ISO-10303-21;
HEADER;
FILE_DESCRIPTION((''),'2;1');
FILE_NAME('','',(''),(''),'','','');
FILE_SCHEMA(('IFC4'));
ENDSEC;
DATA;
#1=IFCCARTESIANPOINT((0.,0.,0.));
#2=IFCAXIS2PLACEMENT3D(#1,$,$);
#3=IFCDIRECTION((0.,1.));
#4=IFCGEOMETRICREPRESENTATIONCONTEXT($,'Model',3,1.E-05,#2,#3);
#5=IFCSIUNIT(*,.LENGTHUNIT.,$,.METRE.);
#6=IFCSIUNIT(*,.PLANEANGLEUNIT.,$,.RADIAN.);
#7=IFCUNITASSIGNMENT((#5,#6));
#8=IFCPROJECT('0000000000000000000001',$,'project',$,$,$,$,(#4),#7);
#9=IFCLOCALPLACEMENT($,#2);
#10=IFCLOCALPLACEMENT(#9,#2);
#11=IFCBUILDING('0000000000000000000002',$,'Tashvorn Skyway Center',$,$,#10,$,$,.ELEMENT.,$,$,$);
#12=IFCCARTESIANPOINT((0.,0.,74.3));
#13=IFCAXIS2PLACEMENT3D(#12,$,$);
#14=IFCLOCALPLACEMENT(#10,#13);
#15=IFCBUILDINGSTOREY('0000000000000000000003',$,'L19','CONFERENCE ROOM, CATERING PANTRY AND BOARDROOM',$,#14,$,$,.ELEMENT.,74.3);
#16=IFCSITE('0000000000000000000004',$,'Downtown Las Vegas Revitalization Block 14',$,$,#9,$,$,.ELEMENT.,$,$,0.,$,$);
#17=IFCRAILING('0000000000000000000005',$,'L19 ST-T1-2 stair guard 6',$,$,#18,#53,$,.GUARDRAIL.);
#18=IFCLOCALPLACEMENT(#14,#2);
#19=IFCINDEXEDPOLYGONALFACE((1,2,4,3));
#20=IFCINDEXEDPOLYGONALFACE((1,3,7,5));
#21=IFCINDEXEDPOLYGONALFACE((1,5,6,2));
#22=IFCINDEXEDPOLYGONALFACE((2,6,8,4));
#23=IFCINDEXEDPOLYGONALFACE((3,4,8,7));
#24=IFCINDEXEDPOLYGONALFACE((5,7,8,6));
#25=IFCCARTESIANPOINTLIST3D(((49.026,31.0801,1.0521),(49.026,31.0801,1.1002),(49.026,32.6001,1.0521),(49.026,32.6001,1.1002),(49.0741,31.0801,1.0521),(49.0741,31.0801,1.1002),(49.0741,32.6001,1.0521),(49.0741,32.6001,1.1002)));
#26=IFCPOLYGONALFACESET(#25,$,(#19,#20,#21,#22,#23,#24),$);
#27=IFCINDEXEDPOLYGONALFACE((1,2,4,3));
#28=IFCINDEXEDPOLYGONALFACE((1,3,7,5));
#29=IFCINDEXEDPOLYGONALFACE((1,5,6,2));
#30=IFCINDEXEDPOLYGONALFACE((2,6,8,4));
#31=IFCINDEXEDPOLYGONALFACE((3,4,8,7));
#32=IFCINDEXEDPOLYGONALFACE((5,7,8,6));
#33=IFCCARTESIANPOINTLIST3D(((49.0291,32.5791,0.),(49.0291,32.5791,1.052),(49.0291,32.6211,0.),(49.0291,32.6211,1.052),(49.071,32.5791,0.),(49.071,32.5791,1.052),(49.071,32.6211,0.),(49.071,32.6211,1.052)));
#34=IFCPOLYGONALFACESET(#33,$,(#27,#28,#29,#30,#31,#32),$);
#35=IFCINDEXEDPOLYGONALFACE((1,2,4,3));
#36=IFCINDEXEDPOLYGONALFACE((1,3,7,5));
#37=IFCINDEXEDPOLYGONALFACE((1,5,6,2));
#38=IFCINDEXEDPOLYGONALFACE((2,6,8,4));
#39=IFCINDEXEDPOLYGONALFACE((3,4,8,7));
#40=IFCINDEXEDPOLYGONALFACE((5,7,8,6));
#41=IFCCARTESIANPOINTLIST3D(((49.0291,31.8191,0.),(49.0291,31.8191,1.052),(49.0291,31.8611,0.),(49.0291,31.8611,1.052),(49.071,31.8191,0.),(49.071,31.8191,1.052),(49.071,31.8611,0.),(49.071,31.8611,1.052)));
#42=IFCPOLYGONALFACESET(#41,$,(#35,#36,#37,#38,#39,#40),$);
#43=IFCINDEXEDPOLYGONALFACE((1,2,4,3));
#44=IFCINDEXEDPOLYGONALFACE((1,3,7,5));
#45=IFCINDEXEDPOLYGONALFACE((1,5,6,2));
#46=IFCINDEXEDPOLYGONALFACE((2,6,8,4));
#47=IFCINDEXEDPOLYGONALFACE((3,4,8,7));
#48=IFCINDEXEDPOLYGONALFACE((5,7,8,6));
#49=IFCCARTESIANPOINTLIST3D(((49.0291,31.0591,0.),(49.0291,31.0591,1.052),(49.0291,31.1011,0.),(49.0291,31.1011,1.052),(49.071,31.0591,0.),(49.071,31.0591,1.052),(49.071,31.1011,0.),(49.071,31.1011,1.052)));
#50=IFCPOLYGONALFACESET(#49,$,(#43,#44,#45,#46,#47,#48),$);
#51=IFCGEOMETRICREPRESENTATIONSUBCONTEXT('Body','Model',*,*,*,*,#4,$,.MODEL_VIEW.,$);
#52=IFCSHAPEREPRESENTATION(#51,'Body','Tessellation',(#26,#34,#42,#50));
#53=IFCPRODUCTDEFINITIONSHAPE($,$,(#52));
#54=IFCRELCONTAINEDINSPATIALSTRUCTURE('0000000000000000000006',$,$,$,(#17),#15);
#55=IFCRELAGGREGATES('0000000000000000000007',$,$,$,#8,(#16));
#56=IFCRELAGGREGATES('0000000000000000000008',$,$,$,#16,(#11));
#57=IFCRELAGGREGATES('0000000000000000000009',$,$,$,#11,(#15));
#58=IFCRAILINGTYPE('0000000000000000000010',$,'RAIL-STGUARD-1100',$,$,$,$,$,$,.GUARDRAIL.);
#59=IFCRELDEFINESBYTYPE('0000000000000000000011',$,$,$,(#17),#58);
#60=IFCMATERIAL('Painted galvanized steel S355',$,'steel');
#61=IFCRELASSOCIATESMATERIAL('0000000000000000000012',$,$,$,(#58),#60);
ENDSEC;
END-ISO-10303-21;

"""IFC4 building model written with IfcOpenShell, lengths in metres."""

from ifc_helpers import new_model, si_unit, direction, frame, origin, origin_2d, place, context, subcontext, project, spatial, rectangle, extrude, material, type_object, element, save


model = new_model("IFC4")

# Units and contexts
model_context = context("Model", 3, precision=1e-05, world=origin(), true_north=direction((0.0, 1.0)))
body_context = subcontext(model_context, "Body", "Model", "MODEL_VIEW")
ifc_project = project(units=[si_unit("LENGTHUNIT", "METRE"), si_unit("PLANEANGLEUNIT", "RADIAN")], contexts=[model_context])

# Site, building, storey
site_placement = place(None, origin())
site = spatial("IfcSite", under=ifc_project, at=site_placement, Name="Downtown Las Vegas Revitalization Block 14", CompositionType="ELEMENT", RefElevation=0.0)
building_placement = place(site_placement, origin())
building = spatial("IfcBuilding", under=site, at=building_placement, Name="Tashvorn Skyway Center", CompositionType="ELEMENT")
storey_placement = place(building_placement, frame((0.0, 0.0, 74.3)))
storey = spatial("IfcBuildingStorey", under=building, at=storey_placement, Name="L19", Description="CONFERENCE ROOM, CATERING PANTRY AND BOARDROOM", CompositionType="ELEMENT", Elevation=74.3)

# Railing
ifc_material_1 = material(Name="Painted galvanized steel S355", Category="steel")
railing_type = type_object("IfcRailingType", Name="RAIL-STGUARD-1100", PredefinedType="GUARDRAIL", material=ifc_material_1)
railing_placement = place(storey_placement, frame((49.05, 32.6001, 0.0)))
element("IfcRailing", 1, at=railing_placement, inside=storey, type_object=railing_type, Name="L19 ST-T1-2 stair guard 6", PredefinedType="GUARDRAIL", context=body_context, shape_type="SweptSolid", body=[
    extrude(rectangle(XDim=0.0481, YDim=0.0481, at=origin_2d()), frame((0.0, 0.0, 1.0762), z_axis=(0.0, -1.0, 0.0), x_axis=(1.0, 0.0, 0.0)), (0.0, 0.0, 1.0), 1.52),
    extrude(rectangle(XDim=0.042, YDim=0.042, at=origin_2d()), origin(), (0.0, 0.0, 1.0), 1.052),
    extrude(rectangle(XDim=0.042, YDim=0.042, at=origin_2d()), frame((0.0, -0.76, 0.0)), (0.0, 0.0, 1.0), 1.052),
    extrude(rectangle(XDim=0.042, YDim=0.042, at=origin_2d()), frame((0.0, -1.52, 0.0)), (0.0, 0.0, 1.0), 1.052),
])

save(model, "model.ifc")
